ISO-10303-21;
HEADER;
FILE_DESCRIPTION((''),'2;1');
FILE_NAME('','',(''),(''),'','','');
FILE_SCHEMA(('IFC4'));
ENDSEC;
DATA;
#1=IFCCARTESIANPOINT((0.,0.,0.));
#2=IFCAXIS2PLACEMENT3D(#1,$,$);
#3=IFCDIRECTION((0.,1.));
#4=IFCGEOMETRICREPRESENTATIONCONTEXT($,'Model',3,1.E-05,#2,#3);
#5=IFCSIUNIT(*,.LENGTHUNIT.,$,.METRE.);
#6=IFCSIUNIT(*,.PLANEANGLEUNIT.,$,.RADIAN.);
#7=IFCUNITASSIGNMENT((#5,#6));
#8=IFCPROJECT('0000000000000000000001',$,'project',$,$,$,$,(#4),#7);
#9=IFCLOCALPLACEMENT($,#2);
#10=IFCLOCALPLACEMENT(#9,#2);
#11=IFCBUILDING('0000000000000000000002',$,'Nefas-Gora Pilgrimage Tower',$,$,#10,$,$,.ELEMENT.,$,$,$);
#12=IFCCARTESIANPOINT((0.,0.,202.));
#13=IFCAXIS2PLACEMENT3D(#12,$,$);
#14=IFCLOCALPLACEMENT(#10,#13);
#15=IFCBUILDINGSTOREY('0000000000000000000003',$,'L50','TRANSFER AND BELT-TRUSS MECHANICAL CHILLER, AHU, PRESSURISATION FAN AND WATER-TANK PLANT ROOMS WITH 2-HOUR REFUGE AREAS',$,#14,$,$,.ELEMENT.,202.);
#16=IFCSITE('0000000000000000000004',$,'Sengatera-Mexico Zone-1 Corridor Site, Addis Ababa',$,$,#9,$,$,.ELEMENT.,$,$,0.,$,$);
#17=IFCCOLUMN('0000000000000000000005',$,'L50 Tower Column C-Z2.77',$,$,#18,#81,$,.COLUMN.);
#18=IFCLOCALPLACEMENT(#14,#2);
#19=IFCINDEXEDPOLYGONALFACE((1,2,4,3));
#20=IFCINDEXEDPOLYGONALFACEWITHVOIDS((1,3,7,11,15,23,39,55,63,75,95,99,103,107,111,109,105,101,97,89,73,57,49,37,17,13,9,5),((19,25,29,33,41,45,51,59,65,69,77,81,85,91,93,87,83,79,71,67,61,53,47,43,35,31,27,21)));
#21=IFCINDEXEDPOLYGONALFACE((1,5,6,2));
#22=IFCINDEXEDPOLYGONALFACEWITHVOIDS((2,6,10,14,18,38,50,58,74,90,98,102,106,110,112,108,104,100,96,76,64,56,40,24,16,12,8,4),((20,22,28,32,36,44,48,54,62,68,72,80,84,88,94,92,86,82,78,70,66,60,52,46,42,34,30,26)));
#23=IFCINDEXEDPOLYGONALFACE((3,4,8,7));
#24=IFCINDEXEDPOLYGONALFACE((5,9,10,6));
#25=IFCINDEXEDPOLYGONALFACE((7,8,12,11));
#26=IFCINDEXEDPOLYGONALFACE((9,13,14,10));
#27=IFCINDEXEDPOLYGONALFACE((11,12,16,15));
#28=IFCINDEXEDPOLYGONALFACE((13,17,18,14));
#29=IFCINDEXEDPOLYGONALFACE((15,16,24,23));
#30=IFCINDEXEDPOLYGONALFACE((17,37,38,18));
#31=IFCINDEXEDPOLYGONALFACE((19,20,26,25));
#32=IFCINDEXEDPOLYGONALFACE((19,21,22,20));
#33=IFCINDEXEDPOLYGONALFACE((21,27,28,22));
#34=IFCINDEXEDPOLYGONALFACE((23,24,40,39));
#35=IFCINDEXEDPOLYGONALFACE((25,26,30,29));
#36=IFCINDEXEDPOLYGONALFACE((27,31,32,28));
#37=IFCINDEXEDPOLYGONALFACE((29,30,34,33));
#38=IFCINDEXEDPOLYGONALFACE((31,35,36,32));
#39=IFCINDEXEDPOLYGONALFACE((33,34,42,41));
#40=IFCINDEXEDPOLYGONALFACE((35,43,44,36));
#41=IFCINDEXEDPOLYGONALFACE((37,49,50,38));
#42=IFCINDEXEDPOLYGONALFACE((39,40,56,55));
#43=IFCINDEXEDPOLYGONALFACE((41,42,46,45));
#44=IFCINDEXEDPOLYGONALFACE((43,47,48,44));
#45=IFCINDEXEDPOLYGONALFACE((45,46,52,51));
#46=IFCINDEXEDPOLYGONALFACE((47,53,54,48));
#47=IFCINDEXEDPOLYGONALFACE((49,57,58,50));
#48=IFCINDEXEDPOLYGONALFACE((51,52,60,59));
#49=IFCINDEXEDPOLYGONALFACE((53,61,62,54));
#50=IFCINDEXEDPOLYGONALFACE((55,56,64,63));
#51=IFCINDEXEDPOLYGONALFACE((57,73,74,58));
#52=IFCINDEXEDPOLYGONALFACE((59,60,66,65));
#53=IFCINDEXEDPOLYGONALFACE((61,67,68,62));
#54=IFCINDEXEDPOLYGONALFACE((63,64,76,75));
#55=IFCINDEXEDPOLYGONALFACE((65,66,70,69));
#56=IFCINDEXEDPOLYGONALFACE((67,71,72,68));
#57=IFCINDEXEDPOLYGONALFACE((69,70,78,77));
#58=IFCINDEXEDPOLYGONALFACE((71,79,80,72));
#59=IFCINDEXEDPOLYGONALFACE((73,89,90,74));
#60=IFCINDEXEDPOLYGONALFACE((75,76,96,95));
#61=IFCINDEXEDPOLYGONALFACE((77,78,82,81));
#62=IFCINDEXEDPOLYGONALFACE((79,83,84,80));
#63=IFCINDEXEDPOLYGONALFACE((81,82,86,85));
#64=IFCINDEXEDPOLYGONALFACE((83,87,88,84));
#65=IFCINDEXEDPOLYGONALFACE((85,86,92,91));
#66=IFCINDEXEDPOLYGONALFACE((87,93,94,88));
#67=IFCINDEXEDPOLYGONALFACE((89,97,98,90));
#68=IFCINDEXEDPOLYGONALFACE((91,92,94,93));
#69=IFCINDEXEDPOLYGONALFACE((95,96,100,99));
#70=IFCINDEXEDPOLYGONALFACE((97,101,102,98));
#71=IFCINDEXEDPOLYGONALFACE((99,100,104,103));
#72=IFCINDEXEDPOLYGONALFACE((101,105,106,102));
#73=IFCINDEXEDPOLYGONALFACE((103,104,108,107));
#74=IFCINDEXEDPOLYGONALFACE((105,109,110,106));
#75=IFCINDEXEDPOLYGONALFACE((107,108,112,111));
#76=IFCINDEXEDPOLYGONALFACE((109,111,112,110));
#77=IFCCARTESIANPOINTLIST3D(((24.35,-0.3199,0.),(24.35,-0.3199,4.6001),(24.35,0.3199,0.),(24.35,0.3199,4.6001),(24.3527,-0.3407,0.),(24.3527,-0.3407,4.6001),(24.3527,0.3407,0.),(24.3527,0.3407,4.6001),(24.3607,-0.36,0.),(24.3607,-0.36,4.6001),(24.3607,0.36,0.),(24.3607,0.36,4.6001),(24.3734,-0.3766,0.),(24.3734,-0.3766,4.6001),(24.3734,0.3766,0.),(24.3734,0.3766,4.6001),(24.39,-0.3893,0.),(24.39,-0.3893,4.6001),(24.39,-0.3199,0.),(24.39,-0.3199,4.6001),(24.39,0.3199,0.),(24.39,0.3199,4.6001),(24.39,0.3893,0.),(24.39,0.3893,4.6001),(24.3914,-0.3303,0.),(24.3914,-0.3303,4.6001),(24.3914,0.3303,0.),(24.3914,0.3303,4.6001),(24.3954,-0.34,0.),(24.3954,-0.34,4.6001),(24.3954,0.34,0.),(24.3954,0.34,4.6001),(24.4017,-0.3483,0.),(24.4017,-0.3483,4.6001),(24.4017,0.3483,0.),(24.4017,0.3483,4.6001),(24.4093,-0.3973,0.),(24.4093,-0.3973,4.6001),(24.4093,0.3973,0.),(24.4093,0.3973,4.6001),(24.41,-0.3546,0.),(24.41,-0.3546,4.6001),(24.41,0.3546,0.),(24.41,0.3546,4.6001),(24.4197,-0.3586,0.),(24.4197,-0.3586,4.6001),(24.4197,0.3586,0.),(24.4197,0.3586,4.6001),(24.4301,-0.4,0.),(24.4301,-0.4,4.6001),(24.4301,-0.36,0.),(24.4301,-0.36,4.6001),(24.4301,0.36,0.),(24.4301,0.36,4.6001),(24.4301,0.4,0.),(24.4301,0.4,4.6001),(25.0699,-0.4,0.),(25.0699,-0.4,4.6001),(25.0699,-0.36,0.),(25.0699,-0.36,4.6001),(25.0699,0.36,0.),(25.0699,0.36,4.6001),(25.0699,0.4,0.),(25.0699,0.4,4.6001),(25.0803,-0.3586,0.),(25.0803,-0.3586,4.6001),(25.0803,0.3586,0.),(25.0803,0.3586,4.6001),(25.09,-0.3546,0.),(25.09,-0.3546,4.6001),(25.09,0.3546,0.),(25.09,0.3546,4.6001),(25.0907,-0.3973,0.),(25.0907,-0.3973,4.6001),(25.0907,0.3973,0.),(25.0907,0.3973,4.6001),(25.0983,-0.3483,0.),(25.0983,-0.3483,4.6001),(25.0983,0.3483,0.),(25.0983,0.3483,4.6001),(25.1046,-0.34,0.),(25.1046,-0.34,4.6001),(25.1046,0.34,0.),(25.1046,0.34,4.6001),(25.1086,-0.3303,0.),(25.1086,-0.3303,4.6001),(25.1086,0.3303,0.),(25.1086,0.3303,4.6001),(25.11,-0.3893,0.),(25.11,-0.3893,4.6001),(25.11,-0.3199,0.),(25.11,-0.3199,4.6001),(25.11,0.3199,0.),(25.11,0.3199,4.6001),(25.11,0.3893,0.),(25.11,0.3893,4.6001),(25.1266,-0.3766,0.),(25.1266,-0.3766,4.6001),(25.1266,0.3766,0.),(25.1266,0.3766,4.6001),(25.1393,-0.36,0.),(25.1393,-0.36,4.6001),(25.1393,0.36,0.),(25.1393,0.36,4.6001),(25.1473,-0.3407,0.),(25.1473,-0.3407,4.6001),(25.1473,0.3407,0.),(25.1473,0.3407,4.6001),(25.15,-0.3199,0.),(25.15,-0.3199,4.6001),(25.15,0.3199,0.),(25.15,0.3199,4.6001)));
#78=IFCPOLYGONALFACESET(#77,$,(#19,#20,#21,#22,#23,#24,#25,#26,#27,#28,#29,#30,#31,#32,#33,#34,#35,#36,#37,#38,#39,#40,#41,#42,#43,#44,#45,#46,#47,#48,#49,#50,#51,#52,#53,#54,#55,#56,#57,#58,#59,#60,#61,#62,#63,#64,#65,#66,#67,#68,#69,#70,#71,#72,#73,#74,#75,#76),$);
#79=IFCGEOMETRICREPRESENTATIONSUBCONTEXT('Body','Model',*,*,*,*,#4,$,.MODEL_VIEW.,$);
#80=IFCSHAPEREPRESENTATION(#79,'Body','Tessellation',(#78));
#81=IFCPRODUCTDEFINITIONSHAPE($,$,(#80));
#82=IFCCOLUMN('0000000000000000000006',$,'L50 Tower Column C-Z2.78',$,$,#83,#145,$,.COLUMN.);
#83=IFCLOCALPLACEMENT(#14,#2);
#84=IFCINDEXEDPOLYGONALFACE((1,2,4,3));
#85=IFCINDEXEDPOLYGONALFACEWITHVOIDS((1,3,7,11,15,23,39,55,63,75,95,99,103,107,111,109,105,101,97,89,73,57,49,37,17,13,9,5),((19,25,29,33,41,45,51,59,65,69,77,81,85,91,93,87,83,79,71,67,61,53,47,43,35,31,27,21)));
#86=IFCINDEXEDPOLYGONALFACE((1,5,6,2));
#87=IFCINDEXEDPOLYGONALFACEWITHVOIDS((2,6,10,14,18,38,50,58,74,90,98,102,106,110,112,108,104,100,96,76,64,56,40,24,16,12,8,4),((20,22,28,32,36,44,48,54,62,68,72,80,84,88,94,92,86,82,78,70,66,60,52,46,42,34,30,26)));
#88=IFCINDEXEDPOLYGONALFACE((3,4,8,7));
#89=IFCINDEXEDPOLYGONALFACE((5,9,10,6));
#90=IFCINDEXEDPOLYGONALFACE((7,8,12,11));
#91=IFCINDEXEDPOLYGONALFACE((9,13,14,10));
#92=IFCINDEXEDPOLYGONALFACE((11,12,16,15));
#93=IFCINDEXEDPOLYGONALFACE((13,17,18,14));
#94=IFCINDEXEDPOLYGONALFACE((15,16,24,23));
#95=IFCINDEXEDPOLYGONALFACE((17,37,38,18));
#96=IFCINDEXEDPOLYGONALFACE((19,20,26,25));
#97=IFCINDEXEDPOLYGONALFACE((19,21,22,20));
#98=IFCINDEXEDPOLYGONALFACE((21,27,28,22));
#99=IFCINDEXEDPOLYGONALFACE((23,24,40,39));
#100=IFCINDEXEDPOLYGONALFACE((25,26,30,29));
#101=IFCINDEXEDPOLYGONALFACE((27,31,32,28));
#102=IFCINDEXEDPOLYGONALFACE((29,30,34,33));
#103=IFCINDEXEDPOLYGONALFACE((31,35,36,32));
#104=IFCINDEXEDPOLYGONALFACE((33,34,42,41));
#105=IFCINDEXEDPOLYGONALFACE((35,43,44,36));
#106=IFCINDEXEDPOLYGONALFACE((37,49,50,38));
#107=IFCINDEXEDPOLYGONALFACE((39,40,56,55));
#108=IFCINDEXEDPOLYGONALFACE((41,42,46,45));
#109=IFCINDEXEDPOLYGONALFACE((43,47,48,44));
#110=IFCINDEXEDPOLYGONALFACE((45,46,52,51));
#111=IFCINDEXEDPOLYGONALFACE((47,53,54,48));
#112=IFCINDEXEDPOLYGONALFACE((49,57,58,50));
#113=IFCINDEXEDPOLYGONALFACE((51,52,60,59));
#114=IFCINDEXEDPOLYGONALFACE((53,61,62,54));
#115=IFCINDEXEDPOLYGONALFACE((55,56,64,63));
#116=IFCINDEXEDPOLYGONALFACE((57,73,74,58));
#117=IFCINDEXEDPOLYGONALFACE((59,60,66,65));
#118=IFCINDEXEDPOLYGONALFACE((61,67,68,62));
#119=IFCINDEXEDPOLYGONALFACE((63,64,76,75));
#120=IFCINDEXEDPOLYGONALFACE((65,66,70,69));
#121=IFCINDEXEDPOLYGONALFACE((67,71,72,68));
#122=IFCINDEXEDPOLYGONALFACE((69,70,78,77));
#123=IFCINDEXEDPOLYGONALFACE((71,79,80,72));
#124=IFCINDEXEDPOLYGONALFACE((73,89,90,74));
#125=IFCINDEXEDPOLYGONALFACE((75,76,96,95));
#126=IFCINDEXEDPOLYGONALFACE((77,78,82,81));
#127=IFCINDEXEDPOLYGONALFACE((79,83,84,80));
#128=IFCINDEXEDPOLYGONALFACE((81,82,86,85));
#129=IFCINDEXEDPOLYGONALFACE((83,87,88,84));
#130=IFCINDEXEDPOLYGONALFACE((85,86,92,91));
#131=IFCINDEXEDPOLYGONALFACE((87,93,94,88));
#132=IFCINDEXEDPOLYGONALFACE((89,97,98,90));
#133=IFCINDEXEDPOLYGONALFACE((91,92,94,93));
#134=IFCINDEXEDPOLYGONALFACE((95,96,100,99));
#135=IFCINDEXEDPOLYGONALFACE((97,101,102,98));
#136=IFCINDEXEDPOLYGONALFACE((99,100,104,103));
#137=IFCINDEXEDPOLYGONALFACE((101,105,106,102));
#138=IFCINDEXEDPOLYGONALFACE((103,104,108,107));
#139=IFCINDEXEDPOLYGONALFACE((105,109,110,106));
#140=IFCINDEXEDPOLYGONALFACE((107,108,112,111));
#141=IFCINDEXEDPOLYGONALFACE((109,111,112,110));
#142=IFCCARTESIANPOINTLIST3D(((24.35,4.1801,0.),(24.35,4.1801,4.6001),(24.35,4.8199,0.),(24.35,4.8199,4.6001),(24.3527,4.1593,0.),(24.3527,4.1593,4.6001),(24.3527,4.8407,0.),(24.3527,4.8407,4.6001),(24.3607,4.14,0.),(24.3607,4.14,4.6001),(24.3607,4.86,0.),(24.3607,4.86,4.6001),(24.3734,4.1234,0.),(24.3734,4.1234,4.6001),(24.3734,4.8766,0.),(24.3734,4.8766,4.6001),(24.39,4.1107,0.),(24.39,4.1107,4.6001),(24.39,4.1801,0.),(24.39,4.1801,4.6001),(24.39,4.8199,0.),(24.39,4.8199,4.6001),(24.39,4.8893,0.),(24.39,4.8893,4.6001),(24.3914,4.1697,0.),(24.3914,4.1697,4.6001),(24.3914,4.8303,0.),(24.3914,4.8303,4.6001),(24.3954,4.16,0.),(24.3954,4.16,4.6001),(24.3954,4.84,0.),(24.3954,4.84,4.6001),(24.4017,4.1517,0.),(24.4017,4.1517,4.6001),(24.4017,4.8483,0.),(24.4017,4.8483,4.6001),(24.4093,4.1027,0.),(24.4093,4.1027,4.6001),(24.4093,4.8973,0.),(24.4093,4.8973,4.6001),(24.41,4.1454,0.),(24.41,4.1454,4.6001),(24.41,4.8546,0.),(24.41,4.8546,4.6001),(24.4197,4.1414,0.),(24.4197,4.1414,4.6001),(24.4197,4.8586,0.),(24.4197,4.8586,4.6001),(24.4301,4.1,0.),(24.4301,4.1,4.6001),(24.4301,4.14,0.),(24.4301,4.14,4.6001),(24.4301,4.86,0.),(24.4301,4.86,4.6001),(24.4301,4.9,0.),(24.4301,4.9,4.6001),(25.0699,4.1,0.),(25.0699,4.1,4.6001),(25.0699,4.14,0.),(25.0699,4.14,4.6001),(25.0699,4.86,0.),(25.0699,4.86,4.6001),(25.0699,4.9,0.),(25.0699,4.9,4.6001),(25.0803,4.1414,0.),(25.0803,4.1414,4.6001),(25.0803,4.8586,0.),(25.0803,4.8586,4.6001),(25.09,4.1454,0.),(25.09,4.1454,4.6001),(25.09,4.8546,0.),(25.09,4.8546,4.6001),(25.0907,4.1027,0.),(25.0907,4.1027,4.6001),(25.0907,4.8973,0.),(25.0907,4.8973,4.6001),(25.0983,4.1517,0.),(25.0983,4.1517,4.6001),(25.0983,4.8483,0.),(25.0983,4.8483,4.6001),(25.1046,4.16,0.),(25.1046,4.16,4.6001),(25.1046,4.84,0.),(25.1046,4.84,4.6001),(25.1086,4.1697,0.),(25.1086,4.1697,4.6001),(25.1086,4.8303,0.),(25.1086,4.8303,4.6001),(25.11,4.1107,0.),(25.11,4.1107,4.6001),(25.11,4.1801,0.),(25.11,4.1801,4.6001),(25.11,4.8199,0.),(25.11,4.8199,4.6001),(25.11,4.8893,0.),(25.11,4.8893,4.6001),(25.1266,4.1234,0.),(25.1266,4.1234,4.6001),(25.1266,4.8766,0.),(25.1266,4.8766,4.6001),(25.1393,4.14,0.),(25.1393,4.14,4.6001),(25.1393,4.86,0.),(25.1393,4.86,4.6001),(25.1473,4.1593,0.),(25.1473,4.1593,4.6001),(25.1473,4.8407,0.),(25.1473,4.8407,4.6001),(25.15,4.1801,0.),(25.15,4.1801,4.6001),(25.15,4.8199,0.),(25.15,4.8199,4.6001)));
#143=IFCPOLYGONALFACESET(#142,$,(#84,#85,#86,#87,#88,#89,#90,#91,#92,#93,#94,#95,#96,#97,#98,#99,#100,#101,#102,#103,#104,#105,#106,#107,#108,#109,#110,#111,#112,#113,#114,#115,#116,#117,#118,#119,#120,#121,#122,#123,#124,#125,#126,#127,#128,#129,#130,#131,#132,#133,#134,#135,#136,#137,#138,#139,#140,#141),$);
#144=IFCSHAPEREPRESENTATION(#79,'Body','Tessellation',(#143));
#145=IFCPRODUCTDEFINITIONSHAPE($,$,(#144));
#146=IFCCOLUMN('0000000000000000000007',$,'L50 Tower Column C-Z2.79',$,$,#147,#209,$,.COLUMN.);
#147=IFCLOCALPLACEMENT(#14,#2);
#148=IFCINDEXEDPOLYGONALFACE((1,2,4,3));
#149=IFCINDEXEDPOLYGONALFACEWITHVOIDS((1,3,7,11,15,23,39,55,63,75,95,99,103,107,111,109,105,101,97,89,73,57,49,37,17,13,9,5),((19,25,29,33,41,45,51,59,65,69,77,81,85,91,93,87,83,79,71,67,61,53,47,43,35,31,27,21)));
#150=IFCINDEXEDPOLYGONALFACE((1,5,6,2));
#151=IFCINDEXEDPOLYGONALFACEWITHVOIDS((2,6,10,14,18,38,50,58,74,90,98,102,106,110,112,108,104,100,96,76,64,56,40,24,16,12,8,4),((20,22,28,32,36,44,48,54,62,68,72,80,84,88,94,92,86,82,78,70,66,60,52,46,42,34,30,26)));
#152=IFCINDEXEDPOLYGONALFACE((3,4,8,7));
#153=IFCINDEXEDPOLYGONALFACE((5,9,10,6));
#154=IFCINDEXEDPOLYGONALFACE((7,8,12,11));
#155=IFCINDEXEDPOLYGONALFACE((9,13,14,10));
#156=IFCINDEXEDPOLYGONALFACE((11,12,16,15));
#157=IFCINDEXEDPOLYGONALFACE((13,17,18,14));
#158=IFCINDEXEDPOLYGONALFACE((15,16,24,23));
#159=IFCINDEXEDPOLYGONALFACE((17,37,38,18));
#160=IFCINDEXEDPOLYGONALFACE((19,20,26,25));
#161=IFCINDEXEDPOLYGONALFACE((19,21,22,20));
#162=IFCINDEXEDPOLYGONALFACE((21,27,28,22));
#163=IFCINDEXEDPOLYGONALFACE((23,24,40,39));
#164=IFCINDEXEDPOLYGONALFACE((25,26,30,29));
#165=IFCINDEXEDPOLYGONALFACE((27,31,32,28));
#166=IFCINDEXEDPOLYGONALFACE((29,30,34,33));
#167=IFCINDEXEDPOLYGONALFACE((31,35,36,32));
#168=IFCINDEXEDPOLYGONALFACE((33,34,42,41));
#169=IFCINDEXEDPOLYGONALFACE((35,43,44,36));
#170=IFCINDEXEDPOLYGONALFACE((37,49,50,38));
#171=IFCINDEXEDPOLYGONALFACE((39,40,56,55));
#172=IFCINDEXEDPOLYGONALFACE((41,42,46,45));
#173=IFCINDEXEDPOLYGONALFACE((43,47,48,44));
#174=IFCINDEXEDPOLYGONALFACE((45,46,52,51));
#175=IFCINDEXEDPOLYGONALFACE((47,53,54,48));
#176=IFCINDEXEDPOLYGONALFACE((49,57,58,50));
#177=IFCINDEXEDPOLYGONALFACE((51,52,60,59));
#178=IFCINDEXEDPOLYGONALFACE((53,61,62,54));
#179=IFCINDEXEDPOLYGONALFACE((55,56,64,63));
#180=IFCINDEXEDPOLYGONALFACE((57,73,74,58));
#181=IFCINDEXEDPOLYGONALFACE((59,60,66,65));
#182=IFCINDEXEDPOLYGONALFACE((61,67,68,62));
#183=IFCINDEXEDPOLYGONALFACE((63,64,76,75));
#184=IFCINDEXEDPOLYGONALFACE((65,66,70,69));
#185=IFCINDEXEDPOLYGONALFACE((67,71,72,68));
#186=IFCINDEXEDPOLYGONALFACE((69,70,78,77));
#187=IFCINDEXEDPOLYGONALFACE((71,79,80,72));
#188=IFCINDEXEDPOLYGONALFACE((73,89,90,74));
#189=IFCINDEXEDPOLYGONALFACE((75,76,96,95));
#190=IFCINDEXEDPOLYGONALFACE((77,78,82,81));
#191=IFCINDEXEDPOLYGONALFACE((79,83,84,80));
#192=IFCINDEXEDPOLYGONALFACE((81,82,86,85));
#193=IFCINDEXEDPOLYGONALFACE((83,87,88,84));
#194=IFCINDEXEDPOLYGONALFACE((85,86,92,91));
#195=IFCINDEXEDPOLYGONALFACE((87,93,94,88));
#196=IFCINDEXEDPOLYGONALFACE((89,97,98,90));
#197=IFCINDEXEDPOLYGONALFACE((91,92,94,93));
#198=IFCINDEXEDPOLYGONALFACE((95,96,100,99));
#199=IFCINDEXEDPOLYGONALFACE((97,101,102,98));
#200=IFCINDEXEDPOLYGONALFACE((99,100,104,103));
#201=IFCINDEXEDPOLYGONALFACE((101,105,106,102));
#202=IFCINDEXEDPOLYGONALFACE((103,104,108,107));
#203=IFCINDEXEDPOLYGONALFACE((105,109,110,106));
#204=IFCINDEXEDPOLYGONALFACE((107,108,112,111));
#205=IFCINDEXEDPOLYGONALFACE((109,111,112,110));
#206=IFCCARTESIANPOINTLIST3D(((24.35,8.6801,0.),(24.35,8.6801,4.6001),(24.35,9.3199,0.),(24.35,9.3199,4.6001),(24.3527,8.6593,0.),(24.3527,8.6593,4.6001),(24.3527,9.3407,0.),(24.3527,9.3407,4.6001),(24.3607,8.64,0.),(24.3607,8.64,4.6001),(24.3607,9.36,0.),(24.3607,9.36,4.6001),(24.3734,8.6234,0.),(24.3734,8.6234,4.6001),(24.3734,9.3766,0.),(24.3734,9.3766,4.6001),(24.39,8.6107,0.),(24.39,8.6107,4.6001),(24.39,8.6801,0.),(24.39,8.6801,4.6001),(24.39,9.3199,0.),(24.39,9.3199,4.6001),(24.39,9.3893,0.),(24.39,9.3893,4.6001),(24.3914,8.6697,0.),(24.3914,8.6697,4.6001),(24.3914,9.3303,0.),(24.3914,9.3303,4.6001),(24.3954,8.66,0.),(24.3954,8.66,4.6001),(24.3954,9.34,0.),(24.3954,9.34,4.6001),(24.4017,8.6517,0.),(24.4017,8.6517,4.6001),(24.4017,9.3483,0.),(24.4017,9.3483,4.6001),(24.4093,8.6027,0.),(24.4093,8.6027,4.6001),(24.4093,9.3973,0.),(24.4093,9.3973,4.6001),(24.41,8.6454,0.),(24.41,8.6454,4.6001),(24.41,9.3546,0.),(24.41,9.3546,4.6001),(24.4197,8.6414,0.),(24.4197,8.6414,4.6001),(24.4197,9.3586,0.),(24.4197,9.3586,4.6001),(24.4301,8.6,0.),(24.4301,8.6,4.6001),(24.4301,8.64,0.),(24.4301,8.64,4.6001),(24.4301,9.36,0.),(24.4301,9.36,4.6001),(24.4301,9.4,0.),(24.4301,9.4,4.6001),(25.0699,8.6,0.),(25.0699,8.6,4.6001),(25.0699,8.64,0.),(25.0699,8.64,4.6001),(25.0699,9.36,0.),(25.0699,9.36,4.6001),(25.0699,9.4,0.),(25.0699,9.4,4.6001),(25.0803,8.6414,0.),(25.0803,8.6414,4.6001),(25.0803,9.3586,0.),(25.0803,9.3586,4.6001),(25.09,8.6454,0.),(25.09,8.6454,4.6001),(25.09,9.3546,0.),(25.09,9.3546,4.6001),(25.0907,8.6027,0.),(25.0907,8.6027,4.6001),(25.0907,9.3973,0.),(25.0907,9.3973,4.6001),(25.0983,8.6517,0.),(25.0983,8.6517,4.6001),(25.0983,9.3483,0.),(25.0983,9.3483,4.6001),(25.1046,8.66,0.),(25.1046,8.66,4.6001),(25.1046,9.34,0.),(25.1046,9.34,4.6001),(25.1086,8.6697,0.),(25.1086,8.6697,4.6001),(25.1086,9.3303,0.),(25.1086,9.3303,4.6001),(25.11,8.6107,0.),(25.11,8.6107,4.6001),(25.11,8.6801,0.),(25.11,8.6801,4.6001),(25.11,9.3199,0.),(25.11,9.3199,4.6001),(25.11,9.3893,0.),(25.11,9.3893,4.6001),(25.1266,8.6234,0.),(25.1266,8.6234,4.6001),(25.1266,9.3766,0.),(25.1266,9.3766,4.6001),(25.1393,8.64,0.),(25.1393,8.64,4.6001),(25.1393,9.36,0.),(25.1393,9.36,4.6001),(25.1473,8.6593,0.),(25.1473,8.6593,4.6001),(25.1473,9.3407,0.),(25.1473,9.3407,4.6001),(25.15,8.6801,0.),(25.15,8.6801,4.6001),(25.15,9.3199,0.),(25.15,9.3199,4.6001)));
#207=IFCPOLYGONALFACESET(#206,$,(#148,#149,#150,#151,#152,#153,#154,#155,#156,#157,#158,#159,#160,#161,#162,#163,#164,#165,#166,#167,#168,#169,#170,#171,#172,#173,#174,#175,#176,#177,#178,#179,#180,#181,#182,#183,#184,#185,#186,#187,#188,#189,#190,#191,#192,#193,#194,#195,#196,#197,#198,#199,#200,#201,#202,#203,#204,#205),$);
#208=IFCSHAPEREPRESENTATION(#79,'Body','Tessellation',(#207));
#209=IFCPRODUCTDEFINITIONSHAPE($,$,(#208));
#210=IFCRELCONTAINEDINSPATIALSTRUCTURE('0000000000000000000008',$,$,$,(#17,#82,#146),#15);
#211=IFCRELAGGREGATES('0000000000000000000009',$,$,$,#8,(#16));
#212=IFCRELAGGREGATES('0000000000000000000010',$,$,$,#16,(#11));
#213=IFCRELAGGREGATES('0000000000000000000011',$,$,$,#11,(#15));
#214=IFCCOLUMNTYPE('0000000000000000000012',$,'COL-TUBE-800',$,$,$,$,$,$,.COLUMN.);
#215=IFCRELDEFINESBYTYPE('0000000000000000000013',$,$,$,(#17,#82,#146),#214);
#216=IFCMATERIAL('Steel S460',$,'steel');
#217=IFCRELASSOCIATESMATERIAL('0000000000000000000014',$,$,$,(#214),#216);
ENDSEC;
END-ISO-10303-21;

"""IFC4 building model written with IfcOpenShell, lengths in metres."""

from ifc_helpers import new_model, si_unit, direction, frame, origin, origin_2d, place, context, subcontext, project, spatial, hollow_rectangle, extrude, source, transform, mapped, material, material_profile, profile_set, type_object, element, save


model = new_model("IFC4")

# Units and contexts
model_context = context("Model", 3, precision=1e-05, world=origin(), true_north=direction((0.0, 1.0)))
body_context = subcontext(model_context, "Body", "Model", "MODEL_VIEW")
ifc_project = project(units=[si_unit("LENGTHUNIT", "METRE"), si_unit("PLANEANGLEUNIT", "RADIAN")], contexts=[model_context])

# Site, building, storey
site_placement = place(None, origin())
site = spatial("IfcSite", under=ifc_project, at=site_placement, Name="Sengatera-Mexico Zone-1 Corridor Site, Addis Ababa", CompositionType="ELEMENT", RefElevation=0.0)
building_placement = place(site_placement, origin())
building = spatial("IfcBuilding", under=site, at=building_placement, Name="Nefas-Gora Pilgrimage Tower", CompositionType="ELEMENT")
storey_placement = place(building_placement, frame((0.0, 0.0, 202.0)))
storey = spatial("IfcBuildingStorey", under=building, at=storey_placement, Name="L50", Description="TRANSFER AND BELT-TRUSS MECHANICAL CHILLER, AHU, PRESSURISATION FAN AND WATER-TANK PLANT ROOMS WITH 2-HOUR REFUGE AREAS", CompositionType="ELEMENT", Elevation=202.0)

# Columns
ifc_material_1 = material(Name="Steel S460", Category="steel")
ifc_material_profile_1 = material_profile(ifc_material_1, hollow_rectangle(XDim=0.8, YDim=0.8, WallThickness=0.04, InnerFilletRadius=0.04, OuterFilletRadius=0.0801, at=origin_2d()), Name="BOX 800x800x40")
ifc_profile_set_1 = profile_set([ifc_material_profile_1], Name="Steel S460")
column_type_1 = type_object("IfcColumnType", Name="COL-TUBE-800", PredefinedType="COLUMN", material=ifc_profile_set_1)
shared_shape_1 = source(origin(), body_context, "Body", "SweptSolid", [
    extrude(hollow_rectangle(XDim=0.8, YDim=0.8, WallThickness=0.04, InnerFilletRadius=0.04, OuterFilletRadius=0.0801, at=origin_2d()), origin(), (0.0, 0.0, 1.0), 4.6001),
])
for number, where, z_axis, x_axis, name in (
    (1, (24.75, 0.0, 0.0), (0.0, 0.0, 1.0), (1.0, 0.0, 0.0), "L50 Tower Column C-Z2.77"),
    (2, (24.75, 4.5, 0.0), (0.0, 0.0, 1.0), (1.0, 0.0, 0.0), "L50 Tower Column C-Z2.78"),
    (3, (24.75, 9.0, 0.0), (0.0, 0.0, 1.0), (1.0, 0.0, 0.0), "L50 Tower Column C-Z2.79"),
):
    element("IfcColumn", number, at=place(storey_placement, frame(where, z_axis=z_axis, x_axis=x_axis)), inside=storey, type_object=column_type_1, Name=name, PredefinedType="COLUMN", context=body_context, shape_type="MappedRepresentation", body=[
        mapped(shared_shape_1, transform((0.0, 0.0, 0.0), x_axis=(1.0, 0.0, 0.0), y_axis=(0.0, 1.0, 0.0), z_axis=(0.0, 0.0, 1.0), scale=1.0)),
    ])

save(model, "model.ifc")
